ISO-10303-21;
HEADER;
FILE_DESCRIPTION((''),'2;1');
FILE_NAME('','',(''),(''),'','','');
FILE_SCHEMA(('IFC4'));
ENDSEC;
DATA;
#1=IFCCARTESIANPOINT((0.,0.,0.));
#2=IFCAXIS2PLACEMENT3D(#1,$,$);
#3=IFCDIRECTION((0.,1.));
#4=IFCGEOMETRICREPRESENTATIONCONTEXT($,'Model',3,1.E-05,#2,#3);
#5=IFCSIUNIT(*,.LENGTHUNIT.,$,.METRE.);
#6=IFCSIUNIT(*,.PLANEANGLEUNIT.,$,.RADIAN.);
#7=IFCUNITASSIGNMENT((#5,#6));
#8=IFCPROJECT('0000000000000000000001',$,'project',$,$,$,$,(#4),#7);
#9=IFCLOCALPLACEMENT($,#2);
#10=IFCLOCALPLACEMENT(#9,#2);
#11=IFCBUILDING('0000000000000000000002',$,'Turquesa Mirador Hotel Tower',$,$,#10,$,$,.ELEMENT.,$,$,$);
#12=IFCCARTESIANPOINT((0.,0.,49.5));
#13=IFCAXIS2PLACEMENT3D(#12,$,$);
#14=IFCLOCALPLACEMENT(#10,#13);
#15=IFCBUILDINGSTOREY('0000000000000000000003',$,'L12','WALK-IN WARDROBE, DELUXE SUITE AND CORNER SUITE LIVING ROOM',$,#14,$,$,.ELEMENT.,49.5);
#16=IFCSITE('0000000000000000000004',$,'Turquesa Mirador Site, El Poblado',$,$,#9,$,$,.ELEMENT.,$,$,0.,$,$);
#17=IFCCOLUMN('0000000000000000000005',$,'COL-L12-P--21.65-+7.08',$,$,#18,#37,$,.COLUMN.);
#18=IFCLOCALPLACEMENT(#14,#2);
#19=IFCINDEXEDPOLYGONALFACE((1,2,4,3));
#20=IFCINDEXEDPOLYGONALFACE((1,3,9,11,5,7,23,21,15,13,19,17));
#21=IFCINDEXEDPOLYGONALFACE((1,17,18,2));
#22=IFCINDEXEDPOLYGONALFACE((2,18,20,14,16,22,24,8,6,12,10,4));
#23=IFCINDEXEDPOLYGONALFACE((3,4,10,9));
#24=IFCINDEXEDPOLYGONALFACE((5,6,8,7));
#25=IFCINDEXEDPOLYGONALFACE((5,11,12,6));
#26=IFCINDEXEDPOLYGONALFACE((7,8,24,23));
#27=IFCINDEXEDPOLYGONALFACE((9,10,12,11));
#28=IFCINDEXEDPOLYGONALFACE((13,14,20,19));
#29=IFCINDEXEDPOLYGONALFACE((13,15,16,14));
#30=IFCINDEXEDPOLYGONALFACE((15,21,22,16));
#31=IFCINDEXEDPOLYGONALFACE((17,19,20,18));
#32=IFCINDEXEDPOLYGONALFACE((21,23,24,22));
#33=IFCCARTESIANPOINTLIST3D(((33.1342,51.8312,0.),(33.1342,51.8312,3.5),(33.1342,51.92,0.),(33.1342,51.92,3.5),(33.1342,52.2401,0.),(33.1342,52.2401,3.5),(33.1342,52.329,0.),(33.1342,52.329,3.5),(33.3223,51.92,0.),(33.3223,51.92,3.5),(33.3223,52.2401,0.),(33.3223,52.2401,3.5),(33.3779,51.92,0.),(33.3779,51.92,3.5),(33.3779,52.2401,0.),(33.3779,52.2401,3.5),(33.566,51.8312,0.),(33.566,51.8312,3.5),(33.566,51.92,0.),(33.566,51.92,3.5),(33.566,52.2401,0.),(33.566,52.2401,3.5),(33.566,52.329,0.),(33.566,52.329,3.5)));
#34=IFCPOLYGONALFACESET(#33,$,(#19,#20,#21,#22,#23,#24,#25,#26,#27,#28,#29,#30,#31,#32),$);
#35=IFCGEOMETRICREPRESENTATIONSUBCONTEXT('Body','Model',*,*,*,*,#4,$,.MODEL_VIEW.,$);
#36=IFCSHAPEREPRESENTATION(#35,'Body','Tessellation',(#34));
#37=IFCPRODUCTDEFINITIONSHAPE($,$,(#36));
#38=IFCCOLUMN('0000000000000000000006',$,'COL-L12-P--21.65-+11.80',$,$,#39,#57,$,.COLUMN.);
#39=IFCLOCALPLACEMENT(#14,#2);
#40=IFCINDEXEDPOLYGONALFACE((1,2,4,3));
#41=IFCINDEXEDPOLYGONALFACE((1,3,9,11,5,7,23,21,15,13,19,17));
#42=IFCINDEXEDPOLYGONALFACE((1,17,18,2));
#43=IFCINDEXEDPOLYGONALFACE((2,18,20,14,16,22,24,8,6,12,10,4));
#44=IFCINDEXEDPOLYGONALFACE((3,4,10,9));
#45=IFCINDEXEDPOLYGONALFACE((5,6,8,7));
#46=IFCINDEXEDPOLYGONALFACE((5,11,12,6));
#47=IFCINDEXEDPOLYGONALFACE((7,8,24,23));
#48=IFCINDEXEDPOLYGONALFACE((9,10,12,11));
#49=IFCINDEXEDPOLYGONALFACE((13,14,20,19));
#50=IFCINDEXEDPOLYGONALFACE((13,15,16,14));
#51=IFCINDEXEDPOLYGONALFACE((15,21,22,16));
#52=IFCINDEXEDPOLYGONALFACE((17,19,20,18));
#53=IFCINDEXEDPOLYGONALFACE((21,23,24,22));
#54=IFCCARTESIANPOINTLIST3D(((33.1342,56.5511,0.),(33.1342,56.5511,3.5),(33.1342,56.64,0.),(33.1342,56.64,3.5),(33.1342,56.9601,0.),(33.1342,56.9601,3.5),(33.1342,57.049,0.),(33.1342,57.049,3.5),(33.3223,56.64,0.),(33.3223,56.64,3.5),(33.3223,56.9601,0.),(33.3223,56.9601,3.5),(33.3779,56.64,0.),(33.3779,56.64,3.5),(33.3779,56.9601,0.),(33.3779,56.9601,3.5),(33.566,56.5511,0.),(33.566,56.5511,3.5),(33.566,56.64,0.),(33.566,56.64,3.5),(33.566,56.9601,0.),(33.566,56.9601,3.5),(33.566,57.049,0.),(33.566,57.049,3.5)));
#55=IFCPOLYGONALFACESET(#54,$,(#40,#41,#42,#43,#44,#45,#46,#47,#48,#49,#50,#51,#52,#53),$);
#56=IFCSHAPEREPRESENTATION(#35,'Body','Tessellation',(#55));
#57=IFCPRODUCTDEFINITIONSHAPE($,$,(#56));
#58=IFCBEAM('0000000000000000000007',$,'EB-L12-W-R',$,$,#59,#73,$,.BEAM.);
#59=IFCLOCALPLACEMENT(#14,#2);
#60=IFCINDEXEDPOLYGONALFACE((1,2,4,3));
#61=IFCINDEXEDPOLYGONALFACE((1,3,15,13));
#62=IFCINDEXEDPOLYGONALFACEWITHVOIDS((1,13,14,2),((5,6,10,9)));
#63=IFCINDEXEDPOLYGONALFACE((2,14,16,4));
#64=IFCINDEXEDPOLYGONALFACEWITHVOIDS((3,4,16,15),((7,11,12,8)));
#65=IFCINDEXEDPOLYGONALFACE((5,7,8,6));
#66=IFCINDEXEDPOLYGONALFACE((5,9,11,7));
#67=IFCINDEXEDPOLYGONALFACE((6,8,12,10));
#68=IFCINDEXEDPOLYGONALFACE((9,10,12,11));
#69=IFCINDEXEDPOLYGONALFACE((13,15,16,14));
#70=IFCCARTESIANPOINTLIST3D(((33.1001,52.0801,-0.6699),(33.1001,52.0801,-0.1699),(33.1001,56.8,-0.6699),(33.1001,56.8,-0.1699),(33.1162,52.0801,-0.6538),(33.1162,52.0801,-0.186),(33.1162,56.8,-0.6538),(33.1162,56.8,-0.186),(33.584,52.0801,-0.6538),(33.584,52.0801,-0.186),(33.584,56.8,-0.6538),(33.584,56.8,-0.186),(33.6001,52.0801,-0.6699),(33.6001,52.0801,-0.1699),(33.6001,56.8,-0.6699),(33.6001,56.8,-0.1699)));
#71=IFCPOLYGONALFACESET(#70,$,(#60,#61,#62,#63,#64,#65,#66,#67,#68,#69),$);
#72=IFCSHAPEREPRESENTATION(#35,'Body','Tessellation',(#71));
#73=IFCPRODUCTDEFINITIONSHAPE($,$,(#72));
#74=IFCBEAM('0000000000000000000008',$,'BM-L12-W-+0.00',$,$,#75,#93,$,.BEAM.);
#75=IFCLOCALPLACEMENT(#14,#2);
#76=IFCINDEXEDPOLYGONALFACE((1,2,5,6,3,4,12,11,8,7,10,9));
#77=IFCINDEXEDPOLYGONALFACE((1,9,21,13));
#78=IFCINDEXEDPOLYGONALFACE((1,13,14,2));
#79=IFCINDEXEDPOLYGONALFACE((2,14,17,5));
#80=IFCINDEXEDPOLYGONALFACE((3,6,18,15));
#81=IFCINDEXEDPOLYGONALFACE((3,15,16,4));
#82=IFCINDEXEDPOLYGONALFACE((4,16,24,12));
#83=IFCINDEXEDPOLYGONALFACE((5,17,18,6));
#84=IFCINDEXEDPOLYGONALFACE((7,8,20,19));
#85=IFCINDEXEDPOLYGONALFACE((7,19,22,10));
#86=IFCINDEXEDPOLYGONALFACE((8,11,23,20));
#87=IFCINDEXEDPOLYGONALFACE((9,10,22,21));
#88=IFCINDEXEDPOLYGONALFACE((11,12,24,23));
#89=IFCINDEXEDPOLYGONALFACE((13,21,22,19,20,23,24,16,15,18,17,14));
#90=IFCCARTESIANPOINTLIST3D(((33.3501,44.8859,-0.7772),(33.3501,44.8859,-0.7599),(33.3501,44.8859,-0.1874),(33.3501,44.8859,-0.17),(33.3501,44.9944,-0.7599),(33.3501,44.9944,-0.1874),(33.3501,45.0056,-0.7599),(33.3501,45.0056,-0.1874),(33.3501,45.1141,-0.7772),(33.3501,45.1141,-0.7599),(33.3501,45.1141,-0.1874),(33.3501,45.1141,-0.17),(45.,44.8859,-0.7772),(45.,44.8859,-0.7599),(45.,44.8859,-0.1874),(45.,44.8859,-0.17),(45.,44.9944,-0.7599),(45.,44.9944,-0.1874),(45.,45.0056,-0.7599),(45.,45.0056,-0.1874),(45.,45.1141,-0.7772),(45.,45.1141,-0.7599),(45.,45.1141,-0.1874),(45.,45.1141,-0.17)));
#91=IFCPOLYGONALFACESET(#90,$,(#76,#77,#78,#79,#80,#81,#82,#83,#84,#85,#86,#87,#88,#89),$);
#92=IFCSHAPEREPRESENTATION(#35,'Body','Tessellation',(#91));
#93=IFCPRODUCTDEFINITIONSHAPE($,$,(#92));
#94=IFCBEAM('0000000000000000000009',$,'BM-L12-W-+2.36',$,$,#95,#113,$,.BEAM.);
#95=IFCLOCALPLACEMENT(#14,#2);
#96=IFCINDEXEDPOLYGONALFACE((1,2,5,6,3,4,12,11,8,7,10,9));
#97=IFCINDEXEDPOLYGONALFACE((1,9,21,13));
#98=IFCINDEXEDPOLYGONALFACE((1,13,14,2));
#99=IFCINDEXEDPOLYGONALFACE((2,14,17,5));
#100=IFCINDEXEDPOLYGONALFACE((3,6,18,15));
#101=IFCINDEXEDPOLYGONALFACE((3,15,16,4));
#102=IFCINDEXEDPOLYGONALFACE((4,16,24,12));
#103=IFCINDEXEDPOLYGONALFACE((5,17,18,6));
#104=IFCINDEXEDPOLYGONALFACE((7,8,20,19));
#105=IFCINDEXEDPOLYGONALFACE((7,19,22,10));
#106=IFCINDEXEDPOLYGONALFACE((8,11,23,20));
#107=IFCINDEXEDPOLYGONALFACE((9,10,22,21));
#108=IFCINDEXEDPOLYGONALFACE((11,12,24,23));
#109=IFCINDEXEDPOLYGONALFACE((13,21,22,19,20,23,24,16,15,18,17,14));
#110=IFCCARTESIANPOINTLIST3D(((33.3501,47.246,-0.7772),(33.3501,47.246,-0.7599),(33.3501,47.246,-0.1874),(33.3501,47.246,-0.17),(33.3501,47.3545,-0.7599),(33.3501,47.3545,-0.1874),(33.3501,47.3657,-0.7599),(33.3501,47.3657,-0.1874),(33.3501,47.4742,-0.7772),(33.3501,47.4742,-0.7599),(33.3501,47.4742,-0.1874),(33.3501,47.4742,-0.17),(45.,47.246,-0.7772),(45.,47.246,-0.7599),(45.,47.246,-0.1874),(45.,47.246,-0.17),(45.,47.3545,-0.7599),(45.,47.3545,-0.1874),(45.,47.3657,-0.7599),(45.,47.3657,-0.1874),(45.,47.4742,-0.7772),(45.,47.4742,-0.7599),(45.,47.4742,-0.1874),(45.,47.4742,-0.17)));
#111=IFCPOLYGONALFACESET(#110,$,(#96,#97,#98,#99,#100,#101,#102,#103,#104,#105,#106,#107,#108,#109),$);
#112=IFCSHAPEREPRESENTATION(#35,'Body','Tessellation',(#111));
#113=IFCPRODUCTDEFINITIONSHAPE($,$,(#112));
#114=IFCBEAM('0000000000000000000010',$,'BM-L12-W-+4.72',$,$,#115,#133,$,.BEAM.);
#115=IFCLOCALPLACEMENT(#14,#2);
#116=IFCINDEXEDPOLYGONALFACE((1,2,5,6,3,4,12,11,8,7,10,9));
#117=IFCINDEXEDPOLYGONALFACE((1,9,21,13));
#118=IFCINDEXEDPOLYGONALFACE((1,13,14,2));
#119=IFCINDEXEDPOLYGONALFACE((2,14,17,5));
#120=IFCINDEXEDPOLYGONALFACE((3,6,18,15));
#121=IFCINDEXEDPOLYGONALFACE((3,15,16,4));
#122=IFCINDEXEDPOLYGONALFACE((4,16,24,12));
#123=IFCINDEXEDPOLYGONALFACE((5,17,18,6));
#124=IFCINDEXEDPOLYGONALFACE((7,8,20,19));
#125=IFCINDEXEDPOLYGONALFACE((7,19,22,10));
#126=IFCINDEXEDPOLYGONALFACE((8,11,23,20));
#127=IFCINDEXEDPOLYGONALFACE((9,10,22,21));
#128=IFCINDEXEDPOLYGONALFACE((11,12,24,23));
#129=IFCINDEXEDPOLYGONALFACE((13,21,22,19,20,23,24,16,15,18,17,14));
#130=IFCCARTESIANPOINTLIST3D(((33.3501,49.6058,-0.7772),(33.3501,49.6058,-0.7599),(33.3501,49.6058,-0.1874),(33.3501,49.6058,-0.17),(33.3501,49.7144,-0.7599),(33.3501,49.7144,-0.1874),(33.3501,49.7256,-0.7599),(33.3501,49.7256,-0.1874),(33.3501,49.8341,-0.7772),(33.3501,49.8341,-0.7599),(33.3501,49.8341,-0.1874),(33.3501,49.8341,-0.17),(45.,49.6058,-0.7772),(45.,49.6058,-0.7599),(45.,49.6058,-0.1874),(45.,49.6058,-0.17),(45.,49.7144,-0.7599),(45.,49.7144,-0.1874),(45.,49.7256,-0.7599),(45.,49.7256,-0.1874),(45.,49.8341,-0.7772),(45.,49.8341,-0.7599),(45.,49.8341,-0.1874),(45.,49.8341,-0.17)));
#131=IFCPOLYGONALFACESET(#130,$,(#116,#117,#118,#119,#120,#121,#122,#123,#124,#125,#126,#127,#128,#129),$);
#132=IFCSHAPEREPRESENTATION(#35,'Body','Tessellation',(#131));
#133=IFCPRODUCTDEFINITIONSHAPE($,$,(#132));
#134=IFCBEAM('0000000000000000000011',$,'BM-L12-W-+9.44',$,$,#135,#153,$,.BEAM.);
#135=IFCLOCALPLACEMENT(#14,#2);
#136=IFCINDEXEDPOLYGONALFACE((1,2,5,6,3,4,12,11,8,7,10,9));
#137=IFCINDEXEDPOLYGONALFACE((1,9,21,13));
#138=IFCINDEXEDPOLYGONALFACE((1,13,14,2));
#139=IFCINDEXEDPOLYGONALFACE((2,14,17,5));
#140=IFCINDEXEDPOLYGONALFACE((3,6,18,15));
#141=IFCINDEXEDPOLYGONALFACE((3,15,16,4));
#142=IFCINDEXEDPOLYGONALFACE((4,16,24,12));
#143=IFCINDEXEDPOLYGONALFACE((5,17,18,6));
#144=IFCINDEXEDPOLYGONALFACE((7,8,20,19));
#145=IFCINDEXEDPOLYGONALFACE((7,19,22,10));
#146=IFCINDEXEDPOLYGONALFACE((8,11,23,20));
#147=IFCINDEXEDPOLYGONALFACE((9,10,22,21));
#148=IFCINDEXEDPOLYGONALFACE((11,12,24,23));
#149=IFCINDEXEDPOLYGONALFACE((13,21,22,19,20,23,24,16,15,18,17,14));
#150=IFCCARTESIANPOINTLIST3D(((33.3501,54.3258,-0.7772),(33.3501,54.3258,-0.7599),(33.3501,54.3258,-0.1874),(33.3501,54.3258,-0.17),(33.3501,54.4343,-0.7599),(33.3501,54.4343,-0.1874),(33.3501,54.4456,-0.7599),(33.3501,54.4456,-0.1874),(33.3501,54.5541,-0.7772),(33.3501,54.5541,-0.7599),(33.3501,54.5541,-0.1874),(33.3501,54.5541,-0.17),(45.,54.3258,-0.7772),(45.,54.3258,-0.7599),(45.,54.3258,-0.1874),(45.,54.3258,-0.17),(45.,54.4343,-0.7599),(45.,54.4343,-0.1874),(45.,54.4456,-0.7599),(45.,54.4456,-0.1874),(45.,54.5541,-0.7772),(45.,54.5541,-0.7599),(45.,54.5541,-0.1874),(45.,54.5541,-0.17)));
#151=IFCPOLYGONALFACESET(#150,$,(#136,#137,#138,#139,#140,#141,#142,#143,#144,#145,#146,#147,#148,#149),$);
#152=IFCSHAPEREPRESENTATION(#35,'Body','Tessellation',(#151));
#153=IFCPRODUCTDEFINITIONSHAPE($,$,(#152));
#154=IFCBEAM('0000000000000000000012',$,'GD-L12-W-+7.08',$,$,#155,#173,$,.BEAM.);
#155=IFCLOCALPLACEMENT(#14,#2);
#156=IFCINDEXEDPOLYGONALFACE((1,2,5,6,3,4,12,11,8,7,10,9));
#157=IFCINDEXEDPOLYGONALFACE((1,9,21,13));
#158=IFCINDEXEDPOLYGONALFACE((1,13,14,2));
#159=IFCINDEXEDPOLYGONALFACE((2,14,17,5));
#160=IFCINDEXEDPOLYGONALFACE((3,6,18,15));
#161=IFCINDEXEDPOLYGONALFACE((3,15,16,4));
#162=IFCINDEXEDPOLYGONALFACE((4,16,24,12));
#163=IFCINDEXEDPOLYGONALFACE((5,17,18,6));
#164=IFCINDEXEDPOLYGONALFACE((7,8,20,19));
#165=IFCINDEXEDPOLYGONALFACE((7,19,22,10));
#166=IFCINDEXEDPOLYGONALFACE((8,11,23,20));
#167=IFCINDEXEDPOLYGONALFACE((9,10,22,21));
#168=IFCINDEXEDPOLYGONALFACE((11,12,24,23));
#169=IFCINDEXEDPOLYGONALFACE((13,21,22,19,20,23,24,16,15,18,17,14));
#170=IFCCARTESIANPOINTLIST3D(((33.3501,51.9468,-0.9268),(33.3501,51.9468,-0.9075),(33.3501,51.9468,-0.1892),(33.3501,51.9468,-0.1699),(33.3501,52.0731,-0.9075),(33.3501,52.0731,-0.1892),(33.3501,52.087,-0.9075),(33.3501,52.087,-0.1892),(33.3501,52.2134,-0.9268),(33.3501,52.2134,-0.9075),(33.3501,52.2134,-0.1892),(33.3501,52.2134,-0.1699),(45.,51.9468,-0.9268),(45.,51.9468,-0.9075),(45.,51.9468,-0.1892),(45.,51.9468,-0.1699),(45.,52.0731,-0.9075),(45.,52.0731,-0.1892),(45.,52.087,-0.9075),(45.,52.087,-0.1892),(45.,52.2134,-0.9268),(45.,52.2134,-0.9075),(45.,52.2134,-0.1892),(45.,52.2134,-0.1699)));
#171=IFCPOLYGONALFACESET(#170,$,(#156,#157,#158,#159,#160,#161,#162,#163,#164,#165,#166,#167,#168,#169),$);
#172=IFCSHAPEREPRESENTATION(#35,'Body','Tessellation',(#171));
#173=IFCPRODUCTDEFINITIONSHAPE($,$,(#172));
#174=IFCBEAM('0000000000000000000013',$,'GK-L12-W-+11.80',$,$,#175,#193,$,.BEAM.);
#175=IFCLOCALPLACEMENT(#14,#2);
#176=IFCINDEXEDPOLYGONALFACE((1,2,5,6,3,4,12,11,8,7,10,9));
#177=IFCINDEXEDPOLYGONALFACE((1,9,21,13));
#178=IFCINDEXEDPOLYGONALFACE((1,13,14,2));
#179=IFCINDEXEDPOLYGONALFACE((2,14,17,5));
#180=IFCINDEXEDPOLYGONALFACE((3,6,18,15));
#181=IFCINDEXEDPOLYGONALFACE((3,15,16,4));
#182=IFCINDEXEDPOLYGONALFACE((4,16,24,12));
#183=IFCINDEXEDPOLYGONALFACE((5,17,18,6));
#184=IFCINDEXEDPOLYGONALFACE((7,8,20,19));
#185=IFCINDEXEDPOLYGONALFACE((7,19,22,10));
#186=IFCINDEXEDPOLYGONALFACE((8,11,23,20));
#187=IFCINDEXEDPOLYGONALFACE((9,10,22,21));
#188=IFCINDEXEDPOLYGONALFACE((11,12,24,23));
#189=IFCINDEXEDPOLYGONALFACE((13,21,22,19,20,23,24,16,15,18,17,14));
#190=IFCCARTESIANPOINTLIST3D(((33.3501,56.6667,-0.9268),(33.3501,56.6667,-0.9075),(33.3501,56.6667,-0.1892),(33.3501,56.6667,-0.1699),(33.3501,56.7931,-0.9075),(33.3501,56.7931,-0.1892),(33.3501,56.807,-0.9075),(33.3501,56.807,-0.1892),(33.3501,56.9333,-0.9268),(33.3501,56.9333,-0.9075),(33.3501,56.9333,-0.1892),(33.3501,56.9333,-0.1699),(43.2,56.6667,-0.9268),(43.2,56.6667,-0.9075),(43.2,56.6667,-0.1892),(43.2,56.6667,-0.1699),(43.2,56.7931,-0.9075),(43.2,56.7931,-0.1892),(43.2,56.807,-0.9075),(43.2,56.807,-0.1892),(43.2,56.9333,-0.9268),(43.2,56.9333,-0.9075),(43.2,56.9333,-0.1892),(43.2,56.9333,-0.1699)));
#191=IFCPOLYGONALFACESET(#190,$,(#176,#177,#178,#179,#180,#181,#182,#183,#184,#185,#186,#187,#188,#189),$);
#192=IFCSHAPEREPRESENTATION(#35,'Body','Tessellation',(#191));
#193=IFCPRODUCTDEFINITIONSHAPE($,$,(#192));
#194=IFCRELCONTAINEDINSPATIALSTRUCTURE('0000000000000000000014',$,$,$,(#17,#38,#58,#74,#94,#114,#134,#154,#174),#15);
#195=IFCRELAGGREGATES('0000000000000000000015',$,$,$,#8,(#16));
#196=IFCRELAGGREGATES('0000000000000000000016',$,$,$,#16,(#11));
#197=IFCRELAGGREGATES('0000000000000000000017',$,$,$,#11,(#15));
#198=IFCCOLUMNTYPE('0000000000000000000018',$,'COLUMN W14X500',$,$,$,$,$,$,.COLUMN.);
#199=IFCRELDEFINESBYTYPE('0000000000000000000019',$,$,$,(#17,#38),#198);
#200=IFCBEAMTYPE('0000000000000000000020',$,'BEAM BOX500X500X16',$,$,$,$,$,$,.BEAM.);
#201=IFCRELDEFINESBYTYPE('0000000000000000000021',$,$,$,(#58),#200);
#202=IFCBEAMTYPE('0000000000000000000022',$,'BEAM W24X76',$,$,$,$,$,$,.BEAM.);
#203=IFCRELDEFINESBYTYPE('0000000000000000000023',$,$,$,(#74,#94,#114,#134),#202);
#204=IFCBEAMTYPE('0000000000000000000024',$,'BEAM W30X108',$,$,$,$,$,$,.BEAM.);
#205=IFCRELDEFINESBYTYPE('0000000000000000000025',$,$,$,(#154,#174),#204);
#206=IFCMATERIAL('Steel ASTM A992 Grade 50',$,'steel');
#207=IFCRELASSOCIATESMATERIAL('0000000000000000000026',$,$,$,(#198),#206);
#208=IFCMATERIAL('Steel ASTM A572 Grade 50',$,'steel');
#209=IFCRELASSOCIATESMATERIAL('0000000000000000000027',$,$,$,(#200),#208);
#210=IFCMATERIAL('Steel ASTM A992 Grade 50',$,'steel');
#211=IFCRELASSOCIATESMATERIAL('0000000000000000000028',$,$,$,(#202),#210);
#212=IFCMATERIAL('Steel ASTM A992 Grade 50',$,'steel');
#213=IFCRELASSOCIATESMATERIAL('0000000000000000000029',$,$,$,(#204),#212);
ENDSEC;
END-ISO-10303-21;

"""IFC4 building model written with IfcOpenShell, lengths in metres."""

from ifc_helpers import new_model, si_unit, direction, frame, origin, origin_2d, place, context, subcontext, project, spatial, hollow_rectangle, i_section, extrude, material, material_profile, profile_set, type_object, element, save


model = new_model("IFC4")

# Units and contexts
model_context = context("Model", 3, precision=1e-05, world=origin(), true_north=direction((0.0, 1.0)))
body_context = subcontext(model_context, "Body", "Model", "MODEL_VIEW")
ifc_project = project(units=[si_unit("LENGTHUNIT", "METRE"), si_unit("PLANEANGLEUNIT", "RADIAN")], contexts=[model_context])

# Site, building, storey
site_placement = place(None, origin())
site = spatial("IfcSite", under=ifc_project, at=site_placement, Name="Turquesa Mirador Site, El Poblado", CompositionType="ELEMENT", RefElevation=0.0)
building_placement = place(site_placement, origin())
building = spatial("IfcBuilding", under=site, at=building_placement, Name="Turquesa Mirador Hotel Tower", CompositionType="ELEMENT")
storey_placement = place(building_placement, frame((0.0, 0.0, 49.5)))
storey = spatial("IfcBuildingStorey", under=building, at=storey_placement, Name="L12", Description="WALK-IN WARDROBE, DELUXE SUITE AND CORNER SUITE LIVING ROOM", CompositionType="ELEMENT", Elevation=49.5)

# Columns
ifc_material_1 = material(Name="Steel ASTM A992 Grade 50", Category="steel")
ifc_material_profile_1 = material_profile(ifc_material_1, i_section(OverallWidth=0.4319, OverallDepth=0.4978, WebThickness=0.0557, FlangeThickness=0.0889, at=origin_2d()), Name="W14X500")
ifc_profile_set_1 = profile_set([ifc_material_profile_1], Name="Steel ASTM A992 Grade 50")
column_type = type_object("IfcColumnType", Name="COLUMN W14X500", PredefinedType="COLUMN", material=ifc_profile_set_1)
for number, where, z_axis, x_axis, name in (
    (1, (33.3501, 52.0801, 0.0), (0.0, 0.0, 1.0), (1.0, 0.0, 0.0), "COL-L12-P--21.65-+7.08"),
    (2, (33.3501, 56.8, 0.0), (0.0, 0.0, 1.0), (1.0, 0.0, 0.0), "COL-L12-P--21.65-+11.80"),
):
    element("IfcColumn", number, at=place(storey_placement, frame(where, z_axis=z_axis, x_axis=x_axis)), inside=storey, type_object=column_type, Name=name, PredefinedType="COLUMN", context=body_context, shape_type="SweptSolid", body=[
        extrude(i_section(OverallWidth=0.4319, OverallDepth=0.4978, WebThickness=0.0557, FlangeThickness=0.0889, at=origin_2d()), origin(), (0.0, 0.0, 1.0), 3.5),
    ])

# Beams
ifc_material_2 = material(Name="Steel ASTM A572 Grade 50", Category="steel")
ifc_material_profile_2 = material_profile(ifc_material_2, hollow_rectangle(XDim=0.5, YDim=0.5, WallThickness=0.0161, at=origin_2d()), Name="BOX500X500X16")
ifc_profile_set_2 = profile_set([ifc_material_profile_2], Name="Steel ASTM A572 Grade 50")
beam_type_1 = type_object("IfcBeamType", Name="BEAM BOX500X500X16", PredefinedType="BEAM", material=ifc_profile_set_2)
beam_1_placement = place(storey_placement, frame((33.3501, 52.0801, -0.4199), z_axis=(0.0, 1.0, 0.0), x_axis=(-1.0, 0.0, 0.0)))
element("IfcBeam", 3, at=beam_1_placement, inside=storey, type_object=beam_type_1, Name="EB-L12-W-R", PredefinedType="BEAM", context=body_context, shape_type="SweptSolid", body=[
    extrude(hollow_rectangle(XDim=0.5, YDim=0.5, WallThickness=0.0161, at=origin_2d()), origin(), (0.0, 0.0, 1.0), 4.72),
])
ifc_material_3 = material(Name="Steel ASTM A992 Grade 50", Category="steel")
ifc_material_profile_3 = material_profile(ifc_material_3, i_section(OverallWidth=0.2283, OverallDepth=0.6072, WebThickness=0.0112, FlangeThickness=0.0173, at=origin_2d()), Name="W24X76")
ifc_profile_set_3 = profile_set([ifc_material_profile_3], Name="Steel ASTM A992 Grade 50")
beam_type_2 = type_object("IfcBeamType", Name="BEAM W24X76", PredefinedType="BEAM", material=ifc_profile_set_3)
for number, where, z_axis, x_axis, name in (
    (4, (33.3501, 45.0, -0.4736), (1.0, 0.0, 0.0), (0.0, 1.0, 0.0), "BM-L12-W-+0.00"),
    (5, (33.3501, 47.3601, -0.4736), (1.0, 0.0, 0.0), (0.0, 1.0, 0.0), "BM-L12-W-+2.36"),
    (6, (33.3501, 49.72, -0.4736), (1.0, 0.0, 0.0), (0.0, 1.0, 0.0), "BM-L12-W-+4.72"),
    (7, (33.3501, 54.4399, -0.4736), (1.0, 0.0, 0.0), (0.0, 1.0, 0.0), "BM-L12-W-+9.44"),
):
    element("IfcBeam", number, at=place(storey_placement, frame(where, z_axis=z_axis, x_axis=x_axis)), inside=storey, type_object=beam_type_2, Name=name, PredefinedType="BEAM", context=body_context, shape_type="SweptSolid", body=[
        extrude(i_section(OverallWidth=0.2283, OverallDepth=0.6072, WebThickness=0.0112, FlangeThickness=0.0173, at=origin_2d()), origin(), (0.0, 0.0, 1.0), 11.6499),
    ])
ifc_material_4 = material(Name="Steel ASTM A992 Grade 50", Category="steel")
ifc_material_profile_4 = material_profile(ifc_material_4, i_section(OverallWidth=0.2666, OverallDepth=0.7568, WebThickness=0.0139, FlangeThickness=0.0193, at=origin_2d()), Name="W30X108")
ifc_profile_set_4 = profile_set([ifc_material_profile_4], Name="Steel ASTM A992 Grade 50")
beam_type_3 = type_object("IfcBeamType", Name="BEAM W30X108", PredefinedType="BEAM", material=ifc_profile_set_4)
beam_2_placement = place(storey_placement, frame((33.3501, 52.0801, -0.5483), z_axis=(1.0, 0.0, 0.0), x_axis=(0.0, 1.0, 0.0)))
element("IfcBeam", 8, at=beam_2_placement, inside=storey, type_object=beam_type_3, Name="GD-L12-W-+7.08", PredefinedType="BEAM", context=body_context, shape_type="SweptSolid", body=[
    extrude(i_section(OverallWidth=0.2666, OverallDepth=0.7568, WebThickness=0.0139, FlangeThickness=0.0193, at=origin_2d()), origin(), (0.0, 0.0, 1.0), 11.6499),
])
beam_3_placement = place(storey_placement, frame((33.3501, 56.8, -0.5483), z_axis=(1.0, 0.0, 0.0), x_axis=(0.0, 1.0, 0.0)))
element("IfcBeam", 9, at=beam_3_placement, inside=storey, type_object=beam_type_3, Name="GK-L12-W-+11.80", PredefinedType="BEAM", context=body_context, shape_type="SweptSolid", body=[
    extrude(i_section(OverallWidth=0.2666, OverallDepth=0.7568, WebThickness=0.0139, FlangeThickness=0.0193, at=origin_2d()), origin(), (0.0, 0.0, 1.0), 9.8499),
])

save(model, "model.ifc")
